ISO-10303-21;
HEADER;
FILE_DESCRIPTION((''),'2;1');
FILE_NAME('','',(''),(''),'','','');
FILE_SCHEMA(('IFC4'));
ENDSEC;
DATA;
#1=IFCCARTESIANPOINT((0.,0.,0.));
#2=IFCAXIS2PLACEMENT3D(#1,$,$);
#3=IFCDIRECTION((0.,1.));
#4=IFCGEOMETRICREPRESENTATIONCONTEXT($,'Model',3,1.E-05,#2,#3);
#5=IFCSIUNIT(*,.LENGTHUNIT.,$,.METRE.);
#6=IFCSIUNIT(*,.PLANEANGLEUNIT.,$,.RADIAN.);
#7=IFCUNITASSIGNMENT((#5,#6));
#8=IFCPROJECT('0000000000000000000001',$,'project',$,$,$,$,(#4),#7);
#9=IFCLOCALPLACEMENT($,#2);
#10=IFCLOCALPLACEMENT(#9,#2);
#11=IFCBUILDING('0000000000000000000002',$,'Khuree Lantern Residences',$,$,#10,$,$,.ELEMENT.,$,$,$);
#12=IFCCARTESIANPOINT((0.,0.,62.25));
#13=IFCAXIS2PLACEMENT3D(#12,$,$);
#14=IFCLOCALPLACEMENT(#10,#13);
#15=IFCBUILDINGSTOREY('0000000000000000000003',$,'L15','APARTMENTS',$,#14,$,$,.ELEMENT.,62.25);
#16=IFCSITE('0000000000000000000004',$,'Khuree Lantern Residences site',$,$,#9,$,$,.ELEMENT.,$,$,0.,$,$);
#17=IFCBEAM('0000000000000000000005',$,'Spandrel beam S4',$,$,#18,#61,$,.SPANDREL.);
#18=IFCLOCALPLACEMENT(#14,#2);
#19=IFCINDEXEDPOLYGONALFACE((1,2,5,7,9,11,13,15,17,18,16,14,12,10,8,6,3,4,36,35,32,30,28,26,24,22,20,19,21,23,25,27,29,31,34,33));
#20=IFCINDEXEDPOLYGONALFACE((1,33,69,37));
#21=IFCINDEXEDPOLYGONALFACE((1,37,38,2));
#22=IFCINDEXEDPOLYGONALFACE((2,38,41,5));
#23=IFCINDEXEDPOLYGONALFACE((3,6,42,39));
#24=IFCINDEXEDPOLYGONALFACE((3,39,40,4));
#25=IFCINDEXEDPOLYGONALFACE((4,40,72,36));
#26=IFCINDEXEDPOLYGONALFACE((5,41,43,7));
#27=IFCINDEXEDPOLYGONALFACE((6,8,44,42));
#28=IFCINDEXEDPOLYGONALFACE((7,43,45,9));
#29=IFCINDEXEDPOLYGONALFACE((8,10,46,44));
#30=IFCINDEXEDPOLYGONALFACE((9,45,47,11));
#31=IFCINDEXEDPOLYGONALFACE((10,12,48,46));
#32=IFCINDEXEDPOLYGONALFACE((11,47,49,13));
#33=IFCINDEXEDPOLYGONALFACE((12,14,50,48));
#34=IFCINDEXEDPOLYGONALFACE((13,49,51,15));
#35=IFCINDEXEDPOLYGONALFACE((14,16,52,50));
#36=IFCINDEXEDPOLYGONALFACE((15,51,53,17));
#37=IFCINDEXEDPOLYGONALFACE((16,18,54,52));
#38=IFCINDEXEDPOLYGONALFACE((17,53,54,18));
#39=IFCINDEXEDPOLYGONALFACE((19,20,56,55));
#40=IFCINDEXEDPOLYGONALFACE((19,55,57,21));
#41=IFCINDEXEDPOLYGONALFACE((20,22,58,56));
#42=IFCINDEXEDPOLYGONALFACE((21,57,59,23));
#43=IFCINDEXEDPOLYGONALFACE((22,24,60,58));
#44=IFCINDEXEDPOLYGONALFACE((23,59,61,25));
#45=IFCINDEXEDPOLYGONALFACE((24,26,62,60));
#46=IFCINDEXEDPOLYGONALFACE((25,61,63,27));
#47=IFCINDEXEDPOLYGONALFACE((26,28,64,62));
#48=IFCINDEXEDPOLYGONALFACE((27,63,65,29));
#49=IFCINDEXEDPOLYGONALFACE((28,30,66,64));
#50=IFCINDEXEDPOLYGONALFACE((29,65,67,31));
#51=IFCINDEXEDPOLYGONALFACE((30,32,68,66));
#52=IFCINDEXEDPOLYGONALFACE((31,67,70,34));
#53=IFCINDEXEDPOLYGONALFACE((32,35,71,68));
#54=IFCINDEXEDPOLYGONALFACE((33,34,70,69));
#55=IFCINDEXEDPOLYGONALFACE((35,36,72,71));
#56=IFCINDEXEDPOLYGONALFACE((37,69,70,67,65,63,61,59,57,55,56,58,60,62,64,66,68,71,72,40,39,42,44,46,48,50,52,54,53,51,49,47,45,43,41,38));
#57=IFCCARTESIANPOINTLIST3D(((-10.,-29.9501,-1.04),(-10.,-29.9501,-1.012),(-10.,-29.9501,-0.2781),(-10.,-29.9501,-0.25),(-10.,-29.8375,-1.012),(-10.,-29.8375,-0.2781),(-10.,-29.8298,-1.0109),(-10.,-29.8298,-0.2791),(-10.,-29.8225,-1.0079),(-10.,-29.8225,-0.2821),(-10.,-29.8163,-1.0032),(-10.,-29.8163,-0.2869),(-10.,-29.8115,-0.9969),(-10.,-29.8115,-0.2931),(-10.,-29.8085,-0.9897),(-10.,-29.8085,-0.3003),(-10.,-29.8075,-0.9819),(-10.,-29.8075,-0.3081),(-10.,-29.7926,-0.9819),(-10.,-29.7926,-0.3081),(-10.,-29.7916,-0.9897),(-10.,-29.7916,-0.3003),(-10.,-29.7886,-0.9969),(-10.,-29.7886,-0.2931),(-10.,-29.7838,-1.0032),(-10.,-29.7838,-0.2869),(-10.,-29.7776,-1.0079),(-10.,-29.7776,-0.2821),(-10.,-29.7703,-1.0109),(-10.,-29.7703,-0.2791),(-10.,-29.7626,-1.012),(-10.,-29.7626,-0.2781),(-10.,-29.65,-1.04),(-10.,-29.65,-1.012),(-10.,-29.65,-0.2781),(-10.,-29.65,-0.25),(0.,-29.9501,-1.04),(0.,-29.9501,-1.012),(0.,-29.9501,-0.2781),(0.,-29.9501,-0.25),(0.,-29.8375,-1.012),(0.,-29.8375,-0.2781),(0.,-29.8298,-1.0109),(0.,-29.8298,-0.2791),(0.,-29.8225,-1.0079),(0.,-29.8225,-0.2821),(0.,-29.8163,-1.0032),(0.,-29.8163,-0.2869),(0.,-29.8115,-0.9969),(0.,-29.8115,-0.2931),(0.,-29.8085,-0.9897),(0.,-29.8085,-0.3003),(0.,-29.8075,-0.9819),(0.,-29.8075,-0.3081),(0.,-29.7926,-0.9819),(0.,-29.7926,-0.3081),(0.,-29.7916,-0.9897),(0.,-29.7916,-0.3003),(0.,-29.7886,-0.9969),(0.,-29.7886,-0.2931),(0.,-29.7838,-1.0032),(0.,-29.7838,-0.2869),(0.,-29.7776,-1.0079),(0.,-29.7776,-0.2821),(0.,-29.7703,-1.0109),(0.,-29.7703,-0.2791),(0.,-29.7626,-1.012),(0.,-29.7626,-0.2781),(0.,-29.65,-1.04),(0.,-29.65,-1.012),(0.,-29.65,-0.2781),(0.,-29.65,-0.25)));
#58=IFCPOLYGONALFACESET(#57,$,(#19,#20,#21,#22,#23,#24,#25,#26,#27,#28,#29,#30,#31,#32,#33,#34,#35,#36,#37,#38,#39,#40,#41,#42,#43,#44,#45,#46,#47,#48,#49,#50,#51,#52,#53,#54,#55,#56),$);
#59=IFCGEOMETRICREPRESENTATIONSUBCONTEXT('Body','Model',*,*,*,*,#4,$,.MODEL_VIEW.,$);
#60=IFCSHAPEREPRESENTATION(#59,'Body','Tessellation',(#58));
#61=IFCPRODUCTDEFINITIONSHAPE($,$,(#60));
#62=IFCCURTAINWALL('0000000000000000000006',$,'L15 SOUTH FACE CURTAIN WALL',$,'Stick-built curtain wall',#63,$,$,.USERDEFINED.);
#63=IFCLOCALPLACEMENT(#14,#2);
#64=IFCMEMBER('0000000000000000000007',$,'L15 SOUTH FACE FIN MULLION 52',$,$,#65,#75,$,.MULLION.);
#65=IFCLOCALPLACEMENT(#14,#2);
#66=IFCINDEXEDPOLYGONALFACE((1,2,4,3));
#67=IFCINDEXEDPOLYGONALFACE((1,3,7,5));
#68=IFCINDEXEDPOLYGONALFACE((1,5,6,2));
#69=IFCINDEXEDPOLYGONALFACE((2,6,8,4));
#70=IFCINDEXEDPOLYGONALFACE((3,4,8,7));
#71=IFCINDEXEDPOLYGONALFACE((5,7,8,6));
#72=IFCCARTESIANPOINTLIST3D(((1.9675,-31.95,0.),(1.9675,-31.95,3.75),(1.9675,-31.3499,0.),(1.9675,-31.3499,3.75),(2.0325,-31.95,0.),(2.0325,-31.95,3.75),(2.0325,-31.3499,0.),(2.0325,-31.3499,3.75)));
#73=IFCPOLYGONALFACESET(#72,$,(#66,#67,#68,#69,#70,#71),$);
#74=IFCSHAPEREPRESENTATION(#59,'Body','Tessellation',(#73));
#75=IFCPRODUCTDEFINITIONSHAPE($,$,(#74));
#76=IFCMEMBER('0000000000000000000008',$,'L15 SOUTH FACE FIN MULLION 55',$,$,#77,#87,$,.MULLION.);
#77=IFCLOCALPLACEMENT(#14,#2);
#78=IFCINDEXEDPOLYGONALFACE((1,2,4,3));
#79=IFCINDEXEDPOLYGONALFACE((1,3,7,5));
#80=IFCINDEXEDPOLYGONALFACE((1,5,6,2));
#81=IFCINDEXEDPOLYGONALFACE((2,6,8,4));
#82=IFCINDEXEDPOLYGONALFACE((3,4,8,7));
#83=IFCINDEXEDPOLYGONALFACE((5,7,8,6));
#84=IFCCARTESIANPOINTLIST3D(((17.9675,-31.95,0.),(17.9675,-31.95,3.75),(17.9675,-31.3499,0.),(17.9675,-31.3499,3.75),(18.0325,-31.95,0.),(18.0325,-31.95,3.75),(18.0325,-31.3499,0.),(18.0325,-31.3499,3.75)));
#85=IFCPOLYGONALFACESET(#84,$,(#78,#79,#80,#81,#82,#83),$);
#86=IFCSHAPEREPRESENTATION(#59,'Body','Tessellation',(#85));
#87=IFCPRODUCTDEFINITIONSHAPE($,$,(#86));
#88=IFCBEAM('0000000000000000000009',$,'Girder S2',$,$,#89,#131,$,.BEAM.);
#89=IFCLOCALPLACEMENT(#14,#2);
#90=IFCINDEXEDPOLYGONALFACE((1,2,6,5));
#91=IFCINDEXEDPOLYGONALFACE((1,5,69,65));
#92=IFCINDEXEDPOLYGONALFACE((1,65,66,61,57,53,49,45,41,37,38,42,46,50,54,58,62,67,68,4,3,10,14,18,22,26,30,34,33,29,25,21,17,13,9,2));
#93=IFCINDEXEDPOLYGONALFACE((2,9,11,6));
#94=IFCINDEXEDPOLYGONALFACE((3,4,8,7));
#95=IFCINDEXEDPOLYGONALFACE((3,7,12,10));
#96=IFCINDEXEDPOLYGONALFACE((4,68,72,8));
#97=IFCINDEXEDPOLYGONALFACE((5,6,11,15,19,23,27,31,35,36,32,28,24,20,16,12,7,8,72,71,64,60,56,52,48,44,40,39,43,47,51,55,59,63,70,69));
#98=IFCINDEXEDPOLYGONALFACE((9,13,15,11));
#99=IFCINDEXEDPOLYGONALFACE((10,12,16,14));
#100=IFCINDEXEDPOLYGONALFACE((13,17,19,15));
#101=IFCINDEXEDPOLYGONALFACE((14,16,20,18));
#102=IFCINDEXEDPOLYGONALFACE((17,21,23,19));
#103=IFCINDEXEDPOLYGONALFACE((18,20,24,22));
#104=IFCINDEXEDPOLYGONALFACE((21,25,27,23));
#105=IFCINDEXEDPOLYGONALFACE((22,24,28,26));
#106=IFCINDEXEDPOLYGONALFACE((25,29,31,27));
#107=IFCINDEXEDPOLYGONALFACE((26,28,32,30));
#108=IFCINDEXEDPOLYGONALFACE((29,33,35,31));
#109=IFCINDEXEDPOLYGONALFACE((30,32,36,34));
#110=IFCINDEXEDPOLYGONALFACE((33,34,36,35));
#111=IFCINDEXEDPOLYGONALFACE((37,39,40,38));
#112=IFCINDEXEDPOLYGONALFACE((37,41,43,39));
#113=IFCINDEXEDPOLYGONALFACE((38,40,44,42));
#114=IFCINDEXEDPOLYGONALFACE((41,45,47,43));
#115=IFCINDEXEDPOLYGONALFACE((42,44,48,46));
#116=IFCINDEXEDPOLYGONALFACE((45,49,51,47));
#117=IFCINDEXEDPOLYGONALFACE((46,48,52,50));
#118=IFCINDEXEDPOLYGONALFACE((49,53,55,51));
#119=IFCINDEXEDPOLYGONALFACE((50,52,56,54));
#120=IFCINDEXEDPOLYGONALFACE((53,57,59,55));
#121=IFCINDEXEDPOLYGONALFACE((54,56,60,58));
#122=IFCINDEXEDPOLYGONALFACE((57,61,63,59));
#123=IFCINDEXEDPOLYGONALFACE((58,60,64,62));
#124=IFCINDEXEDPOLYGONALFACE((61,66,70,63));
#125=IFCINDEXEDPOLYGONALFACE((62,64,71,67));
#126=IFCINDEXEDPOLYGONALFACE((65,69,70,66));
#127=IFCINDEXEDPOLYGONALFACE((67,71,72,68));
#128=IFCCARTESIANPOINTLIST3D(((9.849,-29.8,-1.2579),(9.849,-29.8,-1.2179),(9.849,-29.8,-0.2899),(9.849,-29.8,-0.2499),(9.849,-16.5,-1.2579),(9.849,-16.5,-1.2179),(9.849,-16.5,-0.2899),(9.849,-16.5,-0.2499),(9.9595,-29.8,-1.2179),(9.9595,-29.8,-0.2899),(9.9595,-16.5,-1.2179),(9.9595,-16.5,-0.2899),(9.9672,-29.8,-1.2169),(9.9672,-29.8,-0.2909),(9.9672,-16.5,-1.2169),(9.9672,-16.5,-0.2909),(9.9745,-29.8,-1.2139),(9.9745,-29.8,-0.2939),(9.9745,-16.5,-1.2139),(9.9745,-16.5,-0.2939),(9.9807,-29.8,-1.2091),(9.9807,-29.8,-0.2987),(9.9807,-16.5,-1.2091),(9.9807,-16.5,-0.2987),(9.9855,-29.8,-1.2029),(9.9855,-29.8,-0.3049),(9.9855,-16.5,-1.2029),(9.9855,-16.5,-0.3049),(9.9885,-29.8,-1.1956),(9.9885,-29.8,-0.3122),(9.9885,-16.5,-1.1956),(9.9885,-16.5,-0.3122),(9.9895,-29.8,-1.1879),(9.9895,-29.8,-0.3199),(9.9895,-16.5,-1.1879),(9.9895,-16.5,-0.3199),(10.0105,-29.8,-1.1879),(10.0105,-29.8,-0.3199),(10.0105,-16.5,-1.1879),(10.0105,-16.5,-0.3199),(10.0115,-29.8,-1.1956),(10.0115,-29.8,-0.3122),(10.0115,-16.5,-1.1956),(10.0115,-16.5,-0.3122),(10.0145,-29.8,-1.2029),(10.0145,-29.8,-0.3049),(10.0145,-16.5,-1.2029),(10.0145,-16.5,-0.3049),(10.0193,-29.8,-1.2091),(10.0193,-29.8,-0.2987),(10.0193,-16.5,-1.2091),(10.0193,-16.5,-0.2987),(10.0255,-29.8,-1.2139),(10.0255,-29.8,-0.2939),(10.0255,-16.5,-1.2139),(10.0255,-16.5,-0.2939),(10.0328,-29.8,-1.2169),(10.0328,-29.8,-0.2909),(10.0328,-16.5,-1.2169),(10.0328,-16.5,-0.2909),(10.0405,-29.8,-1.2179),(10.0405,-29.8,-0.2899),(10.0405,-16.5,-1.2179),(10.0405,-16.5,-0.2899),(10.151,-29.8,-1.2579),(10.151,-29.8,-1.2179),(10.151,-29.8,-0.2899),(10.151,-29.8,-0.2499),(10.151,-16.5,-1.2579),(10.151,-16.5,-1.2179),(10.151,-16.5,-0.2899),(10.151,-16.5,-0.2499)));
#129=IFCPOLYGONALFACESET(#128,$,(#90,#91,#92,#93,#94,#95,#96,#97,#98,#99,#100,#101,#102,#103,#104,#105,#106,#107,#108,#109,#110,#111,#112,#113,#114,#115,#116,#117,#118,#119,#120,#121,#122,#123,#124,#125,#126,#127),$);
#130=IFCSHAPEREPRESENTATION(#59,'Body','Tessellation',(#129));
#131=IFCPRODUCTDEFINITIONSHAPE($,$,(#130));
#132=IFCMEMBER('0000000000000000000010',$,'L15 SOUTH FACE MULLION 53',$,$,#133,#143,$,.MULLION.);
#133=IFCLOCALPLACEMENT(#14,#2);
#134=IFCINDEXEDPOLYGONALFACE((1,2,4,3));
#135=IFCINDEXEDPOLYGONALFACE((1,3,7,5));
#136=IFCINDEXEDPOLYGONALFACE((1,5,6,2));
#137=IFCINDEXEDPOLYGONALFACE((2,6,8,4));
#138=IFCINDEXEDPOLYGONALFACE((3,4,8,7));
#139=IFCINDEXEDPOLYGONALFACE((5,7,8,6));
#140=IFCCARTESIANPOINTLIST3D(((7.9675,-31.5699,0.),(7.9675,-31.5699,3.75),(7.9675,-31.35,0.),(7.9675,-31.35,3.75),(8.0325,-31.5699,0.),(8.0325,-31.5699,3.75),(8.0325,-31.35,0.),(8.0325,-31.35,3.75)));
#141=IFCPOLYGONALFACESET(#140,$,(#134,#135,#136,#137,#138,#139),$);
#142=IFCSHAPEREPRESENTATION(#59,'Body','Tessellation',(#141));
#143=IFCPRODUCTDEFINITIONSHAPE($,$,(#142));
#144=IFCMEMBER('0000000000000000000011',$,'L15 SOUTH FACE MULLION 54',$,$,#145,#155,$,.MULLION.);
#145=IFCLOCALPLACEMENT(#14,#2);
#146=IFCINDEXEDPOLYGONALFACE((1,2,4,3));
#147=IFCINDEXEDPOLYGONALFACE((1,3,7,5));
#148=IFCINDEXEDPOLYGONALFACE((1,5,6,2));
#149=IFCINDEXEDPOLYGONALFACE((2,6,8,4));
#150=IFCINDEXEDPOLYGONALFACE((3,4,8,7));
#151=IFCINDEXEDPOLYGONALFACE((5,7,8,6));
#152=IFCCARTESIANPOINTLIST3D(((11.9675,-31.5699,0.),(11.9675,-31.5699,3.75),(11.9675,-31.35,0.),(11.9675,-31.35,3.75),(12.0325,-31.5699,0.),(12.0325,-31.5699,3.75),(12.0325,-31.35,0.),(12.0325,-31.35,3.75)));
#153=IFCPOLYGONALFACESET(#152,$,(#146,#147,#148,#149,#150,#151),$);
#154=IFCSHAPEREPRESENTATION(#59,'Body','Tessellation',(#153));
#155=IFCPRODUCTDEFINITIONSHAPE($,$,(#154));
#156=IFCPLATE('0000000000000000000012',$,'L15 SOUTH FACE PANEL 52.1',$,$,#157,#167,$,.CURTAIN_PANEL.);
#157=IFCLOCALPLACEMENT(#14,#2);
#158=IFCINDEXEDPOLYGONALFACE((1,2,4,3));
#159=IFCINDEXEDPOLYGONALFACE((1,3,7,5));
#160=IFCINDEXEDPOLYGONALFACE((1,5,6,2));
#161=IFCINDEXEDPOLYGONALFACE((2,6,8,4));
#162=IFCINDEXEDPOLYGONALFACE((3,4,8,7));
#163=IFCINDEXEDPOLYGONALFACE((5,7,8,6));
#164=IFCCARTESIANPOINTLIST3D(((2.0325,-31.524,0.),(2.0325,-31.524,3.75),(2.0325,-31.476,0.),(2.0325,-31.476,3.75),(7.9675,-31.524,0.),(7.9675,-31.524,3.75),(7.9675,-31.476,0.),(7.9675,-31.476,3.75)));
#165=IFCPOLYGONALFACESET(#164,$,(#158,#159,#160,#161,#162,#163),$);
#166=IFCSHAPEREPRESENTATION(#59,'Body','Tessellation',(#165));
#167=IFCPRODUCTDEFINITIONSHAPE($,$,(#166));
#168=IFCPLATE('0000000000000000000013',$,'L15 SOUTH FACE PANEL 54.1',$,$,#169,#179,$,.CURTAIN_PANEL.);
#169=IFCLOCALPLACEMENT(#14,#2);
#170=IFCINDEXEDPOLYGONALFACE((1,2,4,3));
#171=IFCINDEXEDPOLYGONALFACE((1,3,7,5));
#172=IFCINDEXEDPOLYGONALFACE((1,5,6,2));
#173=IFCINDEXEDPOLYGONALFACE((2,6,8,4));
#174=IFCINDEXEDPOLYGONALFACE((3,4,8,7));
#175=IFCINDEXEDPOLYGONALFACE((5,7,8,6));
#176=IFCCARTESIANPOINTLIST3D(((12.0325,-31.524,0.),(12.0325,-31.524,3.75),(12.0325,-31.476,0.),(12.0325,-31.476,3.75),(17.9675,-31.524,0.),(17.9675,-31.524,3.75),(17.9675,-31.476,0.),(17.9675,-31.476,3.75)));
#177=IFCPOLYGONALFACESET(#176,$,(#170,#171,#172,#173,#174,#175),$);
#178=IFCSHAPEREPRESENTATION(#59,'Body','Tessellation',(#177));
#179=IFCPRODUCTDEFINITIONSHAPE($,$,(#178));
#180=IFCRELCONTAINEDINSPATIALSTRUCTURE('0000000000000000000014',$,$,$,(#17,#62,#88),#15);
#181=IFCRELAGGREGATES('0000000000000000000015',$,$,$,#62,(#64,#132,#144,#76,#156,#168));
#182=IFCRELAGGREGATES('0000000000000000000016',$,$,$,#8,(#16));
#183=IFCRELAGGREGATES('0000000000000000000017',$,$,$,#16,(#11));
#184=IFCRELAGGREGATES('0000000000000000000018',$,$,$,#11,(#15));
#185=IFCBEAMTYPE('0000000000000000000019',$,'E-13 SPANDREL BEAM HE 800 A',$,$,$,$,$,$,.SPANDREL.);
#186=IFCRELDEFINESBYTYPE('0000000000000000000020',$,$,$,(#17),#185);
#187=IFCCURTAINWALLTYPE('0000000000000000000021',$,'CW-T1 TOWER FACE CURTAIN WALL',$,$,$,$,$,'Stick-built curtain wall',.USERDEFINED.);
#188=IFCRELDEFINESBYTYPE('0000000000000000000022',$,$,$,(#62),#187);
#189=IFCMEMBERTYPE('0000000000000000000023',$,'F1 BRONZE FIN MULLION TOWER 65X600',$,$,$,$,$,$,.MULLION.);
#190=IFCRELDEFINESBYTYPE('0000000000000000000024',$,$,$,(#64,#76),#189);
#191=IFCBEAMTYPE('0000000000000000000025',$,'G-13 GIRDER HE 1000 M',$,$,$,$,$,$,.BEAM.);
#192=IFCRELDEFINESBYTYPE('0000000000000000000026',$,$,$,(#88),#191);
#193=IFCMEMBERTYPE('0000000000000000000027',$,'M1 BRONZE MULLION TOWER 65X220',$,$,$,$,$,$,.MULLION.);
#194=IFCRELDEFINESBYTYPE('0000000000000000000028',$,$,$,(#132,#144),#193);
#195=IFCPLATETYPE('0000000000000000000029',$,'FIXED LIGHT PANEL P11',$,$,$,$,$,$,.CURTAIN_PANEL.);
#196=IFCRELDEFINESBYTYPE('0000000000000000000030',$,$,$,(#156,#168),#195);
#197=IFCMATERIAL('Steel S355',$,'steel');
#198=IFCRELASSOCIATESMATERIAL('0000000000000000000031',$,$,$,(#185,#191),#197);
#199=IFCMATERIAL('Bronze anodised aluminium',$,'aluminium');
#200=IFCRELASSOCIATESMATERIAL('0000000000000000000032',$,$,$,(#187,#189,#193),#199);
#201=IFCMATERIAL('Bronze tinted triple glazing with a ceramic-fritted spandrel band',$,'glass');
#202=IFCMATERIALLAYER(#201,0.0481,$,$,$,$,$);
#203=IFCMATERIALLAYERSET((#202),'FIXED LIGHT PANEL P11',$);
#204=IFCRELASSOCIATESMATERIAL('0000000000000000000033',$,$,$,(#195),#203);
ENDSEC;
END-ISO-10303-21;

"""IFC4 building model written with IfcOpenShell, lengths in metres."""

from ifc_helpers import new_model, si_unit, direction, frame, origin, origin_2d, place, context, subcontext, project, spatial, rectangle, i_section, extrude, material, layer, layer_set, material_profile, profile_set, type_object, element, aggregate, save


model = new_model("IFC4")

# Units and contexts
model_context = context("Model", 3, precision=1e-05, world=origin(), true_north=direction((0.0, 1.0)))
body_context = subcontext(model_context, "Body", "Model", "MODEL_VIEW")
ifc_project = project(units=[si_unit("LENGTHUNIT", "METRE"), si_unit("PLANEANGLEUNIT", "RADIAN")], contexts=[model_context])

# Site, building, storey
site_placement = place(None, origin())
site = spatial("IfcSite", under=ifc_project, at=site_placement, Name="Khuree Lantern Residences site", CompositionType="ELEMENT", RefElevation=0.0)
building_placement = place(site_placement, origin())
building = spatial("IfcBuilding", under=site, at=building_placement, Name="Khuree Lantern Residences", CompositionType="ELEMENT")
storey_placement = place(building_placement, frame((0.0, 0.0, 62.25)))
storey = spatial("IfcBuildingStorey", under=building, at=storey_placement, Name="L15", Description="APARTMENTS", CompositionType="ELEMENT", Elevation=62.25)

# Beam
ifc_material_1 = material(Name="Steel S355", Category="steel")
ifc_material_profile_1 = material_profile(ifc_material_1, i_section(OverallWidth=0.3, OverallDepth=0.79, WebThickness=0.0149, FlangeThickness=0.0281, FilletRadius=0.03, at=origin_2d()), Name="HE 800 A")
ifc_profile_set_1 = profile_set([ifc_material_profile_1], Name="Steel S355")
beam_type_1 = type_object("IfcBeamType", Name="E-13 SPANDREL BEAM HE 800 A", PredefinedType="SPANDREL", material=ifc_profile_set_1)
for number, where, z_axis, x_axis, name in (
    (1, (0.0, -29.8, -0.645), (-1.0, 0.0, 0.0), (0.0, -1.0, 0.0), "Spandrel beam S4"),
):
    element("IfcBeam", number, at=place(storey_placement, frame(where, z_axis=z_axis, x_axis=x_axis)), inside=storey, type_object=beam_type_1, Name=name, PredefinedType="SPANDREL", context=body_context, shape_type="SweptSolid", body=[
        extrude(i_section(OverallWidth=0.3, OverallDepth=0.79, WebThickness=0.0149, FlangeThickness=0.0281, FilletRadius=0.03, at=origin_2d()), origin(), (0.0, 0.0, 1.0), 10.0),
    ])

# Curtain wall, members
ifc_material_2 = material(Name="Bronze anodised aluminium", Category="aluminium")
curtain_wall_type = type_object("IfcCurtainWallType", Name="CW-T1 TOWER FACE CURTAIN WALL", ElementType="Stick-built curtain wall", PredefinedType="USERDEFINED", material=ifc_material_2)
curtain_wall_placement = place(storey_placement, origin())
curtain_wall = element("IfcCurtainWall", 2, at=curtain_wall_placement, inside=storey, type_object=curtain_wall_type, Name="L15 SOUTH FACE CURTAIN WALL", ObjectType="Stick-built curtain wall", PredefinedType="USERDEFINED")
ifc_material_profile_2 = material_profile(ifc_material_2, rectangle(XDim=0.0649, YDim=0.6001, at=origin_2d()), Name="F1 65X600")
ifc_profile_set_2 = profile_set([ifc_material_profile_2], Name="Bronze anodised aluminium")
member_type_1 = type_object("IfcMemberType", Name="F1 BRONZE FIN MULLION TOWER 65X600", PredefinedType="MULLION", material=ifc_profile_set_2)
member_1_placement = place(storey_placement, frame((2.0, -31.6499, 0.0), z_axis=(0.0, 0.0, 1.0), x_axis=(1.0, 0.0, 0.0)))
member_1 = element("IfcMember", 3, at=member_1_placement, type_object=member_type_1, Name="L15 SOUTH FACE FIN MULLION 52", PredefinedType="MULLION", context=body_context, shape_type="SweptSolid", body=[
    extrude(rectangle(XDim=0.0649, YDim=0.6001, at=origin_2d()), origin(), (0.0, 0.0, 1.0), 3.75),
])
member_2_placement = place(storey_placement, frame((18.0, -31.6499, 0.0), z_axis=(0.0, 0.0, 1.0), x_axis=(1.0, 0.0, 0.0)))
member_2 = element("IfcMember", 4, at=member_2_placement, type_object=member_type_1, Name="L15 SOUTH FACE FIN MULLION 55", PredefinedType="MULLION", context=body_context, shape_type="SweptSolid", body=[
    extrude(rectangle(XDim=0.0649, YDim=0.6001, at=origin_2d()), origin(), (0.0, 0.0, 1.0), 3.75),
])

# Beam
ifc_material_profile_3 = material_profile(ifc_material_1, i_section(OverallWidth=0.302, OverallDepth=1.0081, WebThickness=0.021, FlangeThickness=0.04, FilletRadius=0.03, at=origin_2d()), Name="HE 1000 M")
ifc_profile_set_3 = profile_set([ifc_material_profile_3], Name="Steel S355")
beam_type_2 = type_object("IfcBeamType", Name="G-13 GIRDER HE 1000 M", PredefinedType="BEAM", material=ifc_profile_set_3)
beam_placement = place(storey_placement, frame((10.0, -29.8, -0.7539), z_axis=(0.0, 1.0, 0.0), x_axis=(-1.0, 0.0, 0.0)))
element("IfcBeam", 5, at=beam_placement, inside=storey, type_object=beam_type_2, Name="Girder S2", PredefinedType="BEAM", context=body_context, shape_type="SweptSolid", body=[
    extrude(i_section(OverallWidth=0.302, OverallDepth=1.0081, WebThickness=0.021, FlangeThickness=0.04, FilletRadius=0.03, at=origin_2d()), origin(), (0.0, 0.0, 1.0), 13.3),
])

# Members
ifc_material_profile_4 = material_profile(ifc_material_2, rectangle(XDim=0.0649, YDim=0.22, at=origin_2d()), Name="M1 65X220")
ifc_profile_set_4 = profile_set([ifc_material_profile_4], Name="Bronze anodised aluminium")
member_type_2 = type_object("IfcMemberType", Name="M1 BRONZE MULLION TOWER 65X220", PredefinedType="MULLION", material=ifc_profile_set_4)
member_3_placement = place(storey_placement, frame((8.0, -31.46, 0.0), z_axis=(0.0, 0.0, 1.0), x_axis=(1.0, 0.0, 0.0)))
member_3 = element("IfcMember", 6, at=member_3_placement, type_object=member_type_2, Name="L15 SOUTH FACE MULLION 53", PredefinedType="MULLION", context=body_context, shape_type="SweptSolid", body=[
    extrude(rectangle(XDim=0.0649, YDim=0.22, at=origin_2d()), origin(), (0.0, 0.0, 1.0), 3.75),
])
member_4_placement = place(storey_placement, frame((12.0, -31.46, 0.0), z_axis=(0.0, 0.0, 1.0), x_axis=(1.0, 0.0, 0.0)))
member_4 = element("IfcMember", 7, at=member_4_placement, type_object=member_type_2, Name="L15 SOUTH FACE MULLION 54", PredefinedType="MULLION", context=body_context, shape_type="SweptSolid", body=[
    extrude(rectangle(XDim=0.0649, YDim=0.22, at=origin_2d()), origin(), (0.0, 0.0, 1.0), 3.75),
])

# Plates
ifc_material_3 = material(Name="Bronze tinted triple glazing with a ceramic-fritted spandrel band", Category="glass")
ifc_layer_1 = layer(ifc_material_3, 0.0481)
ifc_layer_set_1 = layer_set([ifc_layer_1], Name="FIXED LIGHT PANEL P11")
plate_type_1 = type_object("IfcPlateType", Name="FIXED LIGHT PANEL P11", PredefinedType="CURTAIN_PANEL", material=ifc_layer_set_1)
plate_1_placement = place(storey_placement, frame((5.0, -31.5, 0.0), z_axis=(0.0, 0.0, 1.0), x_axis=(1.0, 0.0, 0.0)))
plate_1 = element("IfcPlate", 8, at=plate_1_placement, type_object=plate_type_1, Name="L15 SOUTH FACE PANEL 52.1", PredefinedType="CURTAIN_PANEL", context=body_context, shape_type="SweptSolid", body=[
    extrude(rectangle(XDim=5.9351, YDim=0.0481, at=origin_2d()), origin(), (0.0, 0.0, 1.0), 3.75),
])
plate_2_placement = place(storey_placement, frame((15.0, -31.5, 0.0), z_axis=(0.0, 0.0, 1.0), x_axis=(1.0, 0.0, 0.0)))
plate_2 = element("IfcPlate", 9, at=plate_2_placement, type_object=plate_type_1, Name="L15 SOUTH FACE PANEL 54.1", PredefinedType="CURTAIN_PANEL", context=body_context, shape_type="SweptSolid", body=[
    extrude(rectangle(XDim=5.9351, YDim=0.0481, at=origin_2d()), origin(), (0.0, 0.0, 1.0), 3.75),
])
aggregate(curtain_wall, [member_1, member_3, member_4, member_2, plate_1, plate_2])

save(model, "model.ifc")
